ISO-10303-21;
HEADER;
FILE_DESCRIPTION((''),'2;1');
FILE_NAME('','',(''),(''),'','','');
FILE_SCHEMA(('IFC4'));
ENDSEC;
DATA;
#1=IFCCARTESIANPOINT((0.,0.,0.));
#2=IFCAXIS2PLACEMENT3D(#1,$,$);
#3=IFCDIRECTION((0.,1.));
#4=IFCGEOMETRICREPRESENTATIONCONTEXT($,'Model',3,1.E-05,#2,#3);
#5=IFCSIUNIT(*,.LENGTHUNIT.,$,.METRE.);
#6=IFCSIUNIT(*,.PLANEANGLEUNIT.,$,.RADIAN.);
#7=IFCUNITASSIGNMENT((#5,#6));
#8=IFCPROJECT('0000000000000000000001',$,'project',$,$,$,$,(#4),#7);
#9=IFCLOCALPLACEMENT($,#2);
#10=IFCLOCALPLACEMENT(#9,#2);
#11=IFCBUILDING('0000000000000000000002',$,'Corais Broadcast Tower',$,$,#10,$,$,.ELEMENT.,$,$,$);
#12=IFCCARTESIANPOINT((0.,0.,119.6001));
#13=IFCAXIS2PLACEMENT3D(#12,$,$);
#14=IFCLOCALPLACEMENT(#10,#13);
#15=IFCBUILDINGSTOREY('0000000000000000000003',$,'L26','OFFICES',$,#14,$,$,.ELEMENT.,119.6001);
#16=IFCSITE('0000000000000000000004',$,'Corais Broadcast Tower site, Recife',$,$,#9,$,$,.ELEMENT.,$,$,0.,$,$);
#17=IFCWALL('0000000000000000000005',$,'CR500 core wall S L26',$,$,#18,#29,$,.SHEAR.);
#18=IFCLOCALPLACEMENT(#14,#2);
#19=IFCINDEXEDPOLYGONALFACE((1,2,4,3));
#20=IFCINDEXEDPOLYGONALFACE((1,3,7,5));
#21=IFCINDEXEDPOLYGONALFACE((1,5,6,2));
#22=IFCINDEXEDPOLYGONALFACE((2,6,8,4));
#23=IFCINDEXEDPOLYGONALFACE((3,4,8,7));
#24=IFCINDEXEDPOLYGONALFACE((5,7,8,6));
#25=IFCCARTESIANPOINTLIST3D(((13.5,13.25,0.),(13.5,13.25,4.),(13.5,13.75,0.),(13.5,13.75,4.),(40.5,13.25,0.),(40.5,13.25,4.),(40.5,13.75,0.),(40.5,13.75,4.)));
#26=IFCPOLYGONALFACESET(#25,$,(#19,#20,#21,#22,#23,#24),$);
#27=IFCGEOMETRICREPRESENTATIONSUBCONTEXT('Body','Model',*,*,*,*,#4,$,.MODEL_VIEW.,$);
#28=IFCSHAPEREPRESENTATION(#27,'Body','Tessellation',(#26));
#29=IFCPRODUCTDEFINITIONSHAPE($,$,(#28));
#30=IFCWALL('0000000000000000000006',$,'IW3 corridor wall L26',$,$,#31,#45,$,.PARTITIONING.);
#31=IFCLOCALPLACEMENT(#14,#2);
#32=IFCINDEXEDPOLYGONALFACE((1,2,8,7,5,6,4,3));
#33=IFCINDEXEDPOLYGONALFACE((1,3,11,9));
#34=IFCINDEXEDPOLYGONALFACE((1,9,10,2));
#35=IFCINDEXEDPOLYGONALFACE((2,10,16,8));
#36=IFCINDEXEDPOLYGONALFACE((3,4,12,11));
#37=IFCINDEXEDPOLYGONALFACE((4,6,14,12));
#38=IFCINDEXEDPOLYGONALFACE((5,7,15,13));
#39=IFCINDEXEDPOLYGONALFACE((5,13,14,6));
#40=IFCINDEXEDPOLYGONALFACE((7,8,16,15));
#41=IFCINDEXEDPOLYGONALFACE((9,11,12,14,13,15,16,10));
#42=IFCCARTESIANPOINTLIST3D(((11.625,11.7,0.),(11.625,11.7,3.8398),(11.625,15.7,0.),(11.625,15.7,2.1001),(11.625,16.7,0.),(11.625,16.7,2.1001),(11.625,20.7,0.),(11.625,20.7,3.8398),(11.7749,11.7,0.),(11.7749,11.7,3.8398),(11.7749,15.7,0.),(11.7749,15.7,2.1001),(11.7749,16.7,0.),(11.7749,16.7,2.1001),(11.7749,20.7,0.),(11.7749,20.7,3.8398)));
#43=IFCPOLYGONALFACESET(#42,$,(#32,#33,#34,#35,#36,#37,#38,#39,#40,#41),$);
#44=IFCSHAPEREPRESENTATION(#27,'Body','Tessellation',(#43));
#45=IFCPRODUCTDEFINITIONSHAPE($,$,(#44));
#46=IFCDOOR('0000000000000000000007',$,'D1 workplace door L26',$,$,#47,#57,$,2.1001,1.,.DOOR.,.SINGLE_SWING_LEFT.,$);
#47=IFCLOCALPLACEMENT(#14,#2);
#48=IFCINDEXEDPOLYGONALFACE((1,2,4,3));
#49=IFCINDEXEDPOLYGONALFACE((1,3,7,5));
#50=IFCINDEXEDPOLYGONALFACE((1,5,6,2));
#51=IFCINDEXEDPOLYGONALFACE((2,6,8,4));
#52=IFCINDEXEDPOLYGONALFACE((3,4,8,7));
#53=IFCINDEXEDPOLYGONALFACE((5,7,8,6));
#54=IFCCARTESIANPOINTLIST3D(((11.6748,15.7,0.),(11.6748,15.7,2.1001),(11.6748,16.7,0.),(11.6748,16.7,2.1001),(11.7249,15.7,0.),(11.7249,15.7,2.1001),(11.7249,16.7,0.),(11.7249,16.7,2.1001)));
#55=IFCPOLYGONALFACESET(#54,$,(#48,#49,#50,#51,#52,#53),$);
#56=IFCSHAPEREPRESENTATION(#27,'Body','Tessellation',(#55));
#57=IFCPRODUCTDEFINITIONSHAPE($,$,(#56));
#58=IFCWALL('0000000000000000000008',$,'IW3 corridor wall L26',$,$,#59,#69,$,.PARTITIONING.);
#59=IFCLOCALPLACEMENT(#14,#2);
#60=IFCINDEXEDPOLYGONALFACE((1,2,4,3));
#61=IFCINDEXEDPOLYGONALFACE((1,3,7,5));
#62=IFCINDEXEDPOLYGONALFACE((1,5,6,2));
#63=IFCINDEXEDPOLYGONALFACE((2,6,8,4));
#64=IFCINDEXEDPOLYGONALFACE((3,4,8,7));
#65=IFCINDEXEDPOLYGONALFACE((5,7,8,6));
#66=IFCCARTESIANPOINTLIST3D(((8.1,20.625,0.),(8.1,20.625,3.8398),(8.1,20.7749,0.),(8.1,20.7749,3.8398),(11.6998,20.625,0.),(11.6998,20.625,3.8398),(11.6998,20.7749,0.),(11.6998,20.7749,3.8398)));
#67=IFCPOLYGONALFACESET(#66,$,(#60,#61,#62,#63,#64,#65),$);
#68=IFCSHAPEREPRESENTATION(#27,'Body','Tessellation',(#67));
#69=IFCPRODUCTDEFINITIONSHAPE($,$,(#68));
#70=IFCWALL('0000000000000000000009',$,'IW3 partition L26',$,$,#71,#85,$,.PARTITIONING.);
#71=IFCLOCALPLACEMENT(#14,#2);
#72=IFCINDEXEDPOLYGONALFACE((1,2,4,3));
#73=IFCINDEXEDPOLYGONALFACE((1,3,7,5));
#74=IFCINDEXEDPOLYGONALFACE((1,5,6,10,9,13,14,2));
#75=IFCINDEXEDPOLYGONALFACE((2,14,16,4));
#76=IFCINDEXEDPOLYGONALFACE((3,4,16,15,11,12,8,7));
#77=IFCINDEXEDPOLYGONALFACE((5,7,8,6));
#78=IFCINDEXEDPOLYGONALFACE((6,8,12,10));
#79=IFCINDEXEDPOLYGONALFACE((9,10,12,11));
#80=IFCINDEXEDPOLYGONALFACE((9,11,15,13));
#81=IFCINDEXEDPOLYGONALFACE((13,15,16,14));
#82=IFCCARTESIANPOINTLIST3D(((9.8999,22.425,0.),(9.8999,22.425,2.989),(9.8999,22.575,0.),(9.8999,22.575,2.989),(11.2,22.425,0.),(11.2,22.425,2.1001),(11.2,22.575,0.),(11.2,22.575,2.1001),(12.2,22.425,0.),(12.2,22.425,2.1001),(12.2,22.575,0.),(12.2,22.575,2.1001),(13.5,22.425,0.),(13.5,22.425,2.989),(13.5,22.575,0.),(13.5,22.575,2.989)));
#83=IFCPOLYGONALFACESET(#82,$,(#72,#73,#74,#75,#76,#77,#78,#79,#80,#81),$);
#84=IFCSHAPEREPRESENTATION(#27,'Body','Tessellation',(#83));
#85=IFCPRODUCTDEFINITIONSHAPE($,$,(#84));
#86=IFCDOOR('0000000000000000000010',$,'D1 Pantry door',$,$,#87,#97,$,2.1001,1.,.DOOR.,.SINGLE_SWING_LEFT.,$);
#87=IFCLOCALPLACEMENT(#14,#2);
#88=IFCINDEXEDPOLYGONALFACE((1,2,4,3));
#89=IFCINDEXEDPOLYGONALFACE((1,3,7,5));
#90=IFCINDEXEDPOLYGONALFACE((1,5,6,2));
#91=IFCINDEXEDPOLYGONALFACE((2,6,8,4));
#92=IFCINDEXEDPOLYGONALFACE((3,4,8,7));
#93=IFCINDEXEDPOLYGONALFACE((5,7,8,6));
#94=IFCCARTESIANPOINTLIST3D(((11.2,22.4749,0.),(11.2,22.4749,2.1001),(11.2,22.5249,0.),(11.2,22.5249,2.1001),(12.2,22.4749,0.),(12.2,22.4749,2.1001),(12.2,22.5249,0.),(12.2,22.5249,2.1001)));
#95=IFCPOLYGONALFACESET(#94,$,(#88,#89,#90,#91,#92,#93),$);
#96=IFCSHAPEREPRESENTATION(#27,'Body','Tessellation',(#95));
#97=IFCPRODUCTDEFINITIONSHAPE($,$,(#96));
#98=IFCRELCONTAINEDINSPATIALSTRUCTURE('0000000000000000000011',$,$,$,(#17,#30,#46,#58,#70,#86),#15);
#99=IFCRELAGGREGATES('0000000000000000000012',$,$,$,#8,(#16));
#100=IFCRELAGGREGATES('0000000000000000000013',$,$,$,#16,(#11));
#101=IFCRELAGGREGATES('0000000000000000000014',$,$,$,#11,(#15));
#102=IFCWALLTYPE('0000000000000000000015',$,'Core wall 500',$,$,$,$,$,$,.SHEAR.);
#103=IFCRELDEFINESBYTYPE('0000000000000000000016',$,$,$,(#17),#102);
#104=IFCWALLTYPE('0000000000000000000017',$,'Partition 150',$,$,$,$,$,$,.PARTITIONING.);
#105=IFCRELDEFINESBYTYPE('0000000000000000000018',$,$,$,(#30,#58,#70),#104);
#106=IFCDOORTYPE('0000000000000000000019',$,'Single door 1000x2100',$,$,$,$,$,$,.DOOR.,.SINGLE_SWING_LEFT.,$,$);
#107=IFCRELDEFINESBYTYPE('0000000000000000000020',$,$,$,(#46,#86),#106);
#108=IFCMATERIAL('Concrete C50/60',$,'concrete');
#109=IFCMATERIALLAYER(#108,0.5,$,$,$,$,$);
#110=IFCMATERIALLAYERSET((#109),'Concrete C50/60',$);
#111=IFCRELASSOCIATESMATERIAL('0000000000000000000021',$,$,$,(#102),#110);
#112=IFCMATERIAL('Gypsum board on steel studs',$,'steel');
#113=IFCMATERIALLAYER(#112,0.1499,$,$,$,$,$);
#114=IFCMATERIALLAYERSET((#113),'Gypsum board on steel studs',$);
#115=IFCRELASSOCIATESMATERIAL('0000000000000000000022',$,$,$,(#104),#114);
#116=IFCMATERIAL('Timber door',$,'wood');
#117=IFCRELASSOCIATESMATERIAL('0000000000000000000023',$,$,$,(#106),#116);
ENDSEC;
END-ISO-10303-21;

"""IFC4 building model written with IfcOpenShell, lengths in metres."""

from ifc_helpers import new_model, si_unit, direction, frame, frame_2d, origin, place, context, subcontext, project, spatial, rectangle, extrude, material, layer, layer_set, type_object, element, fill, save


model = new_model("IFC4")

# Units and contexts
model_context = context("Model", 3, precision=1e-05, world=origin(), true_north=direction((0.0, 1.0)))
body_context = subcontext(model_context, "Body", "Model", "MODEL_VIEW")
ifc_project = project(units=[si_unit("LENGTHUNIT", "METRE"), si_unit("PLANEANGLEUNIT", "RADIAN")], contexts=[model_context])

# Site, building, storey
site_placement = place(None, origin())
site = spatial("IfcSite", under=ifc_project, at=site_placement, Name="Corais Broadcast Tower site, Recife", CompositionType="ELEMENT", RefElevation=0.0)
building_placement = place(site_placement, origin())
building = spatial("IfcBuilding", under=site, at=building_placement, Name="Corais Broadcast Tower", CompositionType="ELEMENT")
storey_placement = place(building_placement, frame((0.0, 0.0, 119.6001)))
storey = spatial("IfcBuildingStorey", under=building, at=storey_placement, Name="L26", Description="OFFICES", CompositionType="ELEMENT", Elevation=119.6001)

# Wall
ifc_material_1 = material(Name="Concrete C50/60", Category="concrete")
ifc_layer_1 = layer(ifc_material_1, 0.5)
ifc_layer_set_1 = layer_set([ifc_layer_1], Name="Concrete C50/60")
wall_type_1 = type_object("IfcWallType", Name="Core wall 500", PredefinedType="SHEAR", material=ifc_layer_set_1)
wall_1_placement = place(storey_placement, frame((13.5, 13.5, 0.0), z_axis=(0.0, 0.0, 1.0), x_axis=(1.0, 0.0, 0.0)))
element("IfcWall", 1, at=wall_1_placement, inside=storey, type_object=wall_type_1, Name="CR500 core wall S L26", PredefinedType="SHEAR", context=body_context, shape_type="SweptSolid", body=[
    extrude(rectangle(XDim=27.0, YDim=0.5, at=frame_2d((13.5, 0.0))), origin(), (0.0, 0.0, 1.0), 4.0),
])

# Wall, opening, door
ifc_material_2 = material(Name="Gypsum board on steel studs", Category="steel")
ifc_layer_2 = layer(ifc_material_2, 0.1499)
ifc_layer_set_2 = layer_set([ifc_layer_2], Name="Gypsum board on steel studs")
wall_type_2 = type_object("IfcWallType", Name="Partition 150", PredefinedType="PARTITIONING", material=ifc_layer_set_2)
wall_2_placement = place(storey_placement, frame((11.7, 20.7, 0.0), z_axis=(0.0, 0.0, 1.0), x_axis=(0.0, -1.0, 0.0)))
wall_2 = element("IfcWall", 2, at=wall_2_placement, inside=storey, type_object=wall_type_2, Name="IW3 corridor wall L26", PredefinedType="PARTITIONING", context=body_context, shape_type="SweptSolid", body=[
    extrude(rectangle(XDim=9.0, YDim=0.1499, at=frame_2d((4.5, 0.0))), origin(), (0.0, 0.0, 1.0), 3.8398),
])
opening_1_placement = place(wall_2_placement, frame((4.0, 0.0, 0.0)))
opening_1 = element("IfcOpeningElement", 3, at=opening_1_placement, cuts=wall_2, PredefinedType="OPENING", context=body_context, shape_type="SweptSolid", body=[
    extrude(rectangle(XDim=1.0, YDim=2.1001, at=frame_2d((0.5, 1.05))), frame((0.0, 0.085, 0.0), z_axis=(0.0, -1.0, 0.0), x_axis=(1.0, 0.0, 0.0)), (0.0, 0.0, 1.0), 0.1699),
])
ifc_material_3 = material(Name="Timber door", Category="wood")
door_type_1 = type_object("IfcDoorType", Name="Single door 1000x2100", OperationType="SINGLE_SWING_LEFT", PredefinedType="DOOR", material=ifc_material_3)
door_1_placement = place(opening_1_placement, origin())
door_1 = element("IfcDoor", 4, at=door_1_placement, inside=storey, type_object=door_type_1, Name="D1 workplace door L26", OperationType="SINGLE_SWING_LEFT", OverallHeight=2.1001, OverallWidth=1.0, PredefinedType="DOOR", context=body_context, shape_type="SweptSolid", body=[
    extrude(rectangle(XDim=1.0, YDim=2.1001, at=frame_2d((0.5, 1.05))), frame((0.0, 0.0249, 0.0), z_axis=(0.0, -1.0, 0.0), x_axis=(1.0, 0.0, 0.0)), (0.0, 0.0, 1.0), 0.05),
])
fill(opening_1, door_1)

# Wall
wall_3_placement = place(storey_placement, frame((8.1001, 20.7, 0.0), z_axis=(0.0, 0.0, 1.0), x_axis=(1.0, 0.0, 0.0)))
element("IfcWall", 5, at=wall_3_placement, inside=storey, type_object=wall_type_2, Name="IW3 corridor wall L26", PredefinedType="PARTITIONING", context=body_context, shape_type="SweptSolid", body=[
    extrude(rectangle(XDim=3.5999, YDim=0.1499, at=frame_2d((1.7998, 0.0))), origin(), (0.0, 0.0, 1.0), 3.8398),
])

# Wall, opening, door
wall_4_placement = place(storey_placement, frame((9.8999, 22.5, 0.0), z_axis=(0.0, 0.0, 1.0), x_axis=(1.0, 0.0, 0.0)))
wall_4 = element("IfcWall", 6, at=wall_4_placement, inside=storey, type_object=wall_type_2, Name="IW3 partition L26", PredefinedType="PARTITIONING", context=body_context, shape_type="SweptSolid", body=[
    extrude(rectangle(XDim=3.6001, YDim=0.1499, at=frame_2d((1.8, 0.0))), origin(), (0.0, 0.0, 1.0), 2.989),
])
opening_2_placement = place(wall_4_placement, frame((1.3, 0.0, 0.0)))
opening_2 = element("IfcOpeningElement", 7, at=opening_2_placement, cuts=wall_4, PredefinedType="OPENING", context=body_context, shape_type="SweptSolid", body=[
    extrude(rectangle(XDim=1.0, YDim=2.1001, at=frame_2d((0.5, 1.05))), frame((0.0, 0.085, 0.0), z_axis=(0.0, -1.0, 0.0), x_axis=(1.0, 0.0, 0.0)), (0.0, 0.0, 1.0), 0.1699),
])
door_2_placement = place(opening_2_placement, origin())
door_2 = element("IfcDoor", 8, at=door_2_placement, inside=storey, type_object=door_type_1, Name="D1 Pantry door", OperationType="SINGLE_SWING_LEFT", OverallHeight=2.1001, OverallWidth=1.0, PredefinedType="DOOR", context=body_context, shape_type="SweptSolid", body=[
    extrude(rectangle(XDim=1.0, YDim=2.1001, at=frame_2d((0.5, 1.05))), frame((0.0, 0.0249, 0.0), z_axis=(0.0, -1.0, 0.0), x_axis=(1.0, 0.0, 0.0)), (0.0, 0.0, 1.0), 0.05),
])
fill(opening_2, door_2)

save(model, "model.ifc")
